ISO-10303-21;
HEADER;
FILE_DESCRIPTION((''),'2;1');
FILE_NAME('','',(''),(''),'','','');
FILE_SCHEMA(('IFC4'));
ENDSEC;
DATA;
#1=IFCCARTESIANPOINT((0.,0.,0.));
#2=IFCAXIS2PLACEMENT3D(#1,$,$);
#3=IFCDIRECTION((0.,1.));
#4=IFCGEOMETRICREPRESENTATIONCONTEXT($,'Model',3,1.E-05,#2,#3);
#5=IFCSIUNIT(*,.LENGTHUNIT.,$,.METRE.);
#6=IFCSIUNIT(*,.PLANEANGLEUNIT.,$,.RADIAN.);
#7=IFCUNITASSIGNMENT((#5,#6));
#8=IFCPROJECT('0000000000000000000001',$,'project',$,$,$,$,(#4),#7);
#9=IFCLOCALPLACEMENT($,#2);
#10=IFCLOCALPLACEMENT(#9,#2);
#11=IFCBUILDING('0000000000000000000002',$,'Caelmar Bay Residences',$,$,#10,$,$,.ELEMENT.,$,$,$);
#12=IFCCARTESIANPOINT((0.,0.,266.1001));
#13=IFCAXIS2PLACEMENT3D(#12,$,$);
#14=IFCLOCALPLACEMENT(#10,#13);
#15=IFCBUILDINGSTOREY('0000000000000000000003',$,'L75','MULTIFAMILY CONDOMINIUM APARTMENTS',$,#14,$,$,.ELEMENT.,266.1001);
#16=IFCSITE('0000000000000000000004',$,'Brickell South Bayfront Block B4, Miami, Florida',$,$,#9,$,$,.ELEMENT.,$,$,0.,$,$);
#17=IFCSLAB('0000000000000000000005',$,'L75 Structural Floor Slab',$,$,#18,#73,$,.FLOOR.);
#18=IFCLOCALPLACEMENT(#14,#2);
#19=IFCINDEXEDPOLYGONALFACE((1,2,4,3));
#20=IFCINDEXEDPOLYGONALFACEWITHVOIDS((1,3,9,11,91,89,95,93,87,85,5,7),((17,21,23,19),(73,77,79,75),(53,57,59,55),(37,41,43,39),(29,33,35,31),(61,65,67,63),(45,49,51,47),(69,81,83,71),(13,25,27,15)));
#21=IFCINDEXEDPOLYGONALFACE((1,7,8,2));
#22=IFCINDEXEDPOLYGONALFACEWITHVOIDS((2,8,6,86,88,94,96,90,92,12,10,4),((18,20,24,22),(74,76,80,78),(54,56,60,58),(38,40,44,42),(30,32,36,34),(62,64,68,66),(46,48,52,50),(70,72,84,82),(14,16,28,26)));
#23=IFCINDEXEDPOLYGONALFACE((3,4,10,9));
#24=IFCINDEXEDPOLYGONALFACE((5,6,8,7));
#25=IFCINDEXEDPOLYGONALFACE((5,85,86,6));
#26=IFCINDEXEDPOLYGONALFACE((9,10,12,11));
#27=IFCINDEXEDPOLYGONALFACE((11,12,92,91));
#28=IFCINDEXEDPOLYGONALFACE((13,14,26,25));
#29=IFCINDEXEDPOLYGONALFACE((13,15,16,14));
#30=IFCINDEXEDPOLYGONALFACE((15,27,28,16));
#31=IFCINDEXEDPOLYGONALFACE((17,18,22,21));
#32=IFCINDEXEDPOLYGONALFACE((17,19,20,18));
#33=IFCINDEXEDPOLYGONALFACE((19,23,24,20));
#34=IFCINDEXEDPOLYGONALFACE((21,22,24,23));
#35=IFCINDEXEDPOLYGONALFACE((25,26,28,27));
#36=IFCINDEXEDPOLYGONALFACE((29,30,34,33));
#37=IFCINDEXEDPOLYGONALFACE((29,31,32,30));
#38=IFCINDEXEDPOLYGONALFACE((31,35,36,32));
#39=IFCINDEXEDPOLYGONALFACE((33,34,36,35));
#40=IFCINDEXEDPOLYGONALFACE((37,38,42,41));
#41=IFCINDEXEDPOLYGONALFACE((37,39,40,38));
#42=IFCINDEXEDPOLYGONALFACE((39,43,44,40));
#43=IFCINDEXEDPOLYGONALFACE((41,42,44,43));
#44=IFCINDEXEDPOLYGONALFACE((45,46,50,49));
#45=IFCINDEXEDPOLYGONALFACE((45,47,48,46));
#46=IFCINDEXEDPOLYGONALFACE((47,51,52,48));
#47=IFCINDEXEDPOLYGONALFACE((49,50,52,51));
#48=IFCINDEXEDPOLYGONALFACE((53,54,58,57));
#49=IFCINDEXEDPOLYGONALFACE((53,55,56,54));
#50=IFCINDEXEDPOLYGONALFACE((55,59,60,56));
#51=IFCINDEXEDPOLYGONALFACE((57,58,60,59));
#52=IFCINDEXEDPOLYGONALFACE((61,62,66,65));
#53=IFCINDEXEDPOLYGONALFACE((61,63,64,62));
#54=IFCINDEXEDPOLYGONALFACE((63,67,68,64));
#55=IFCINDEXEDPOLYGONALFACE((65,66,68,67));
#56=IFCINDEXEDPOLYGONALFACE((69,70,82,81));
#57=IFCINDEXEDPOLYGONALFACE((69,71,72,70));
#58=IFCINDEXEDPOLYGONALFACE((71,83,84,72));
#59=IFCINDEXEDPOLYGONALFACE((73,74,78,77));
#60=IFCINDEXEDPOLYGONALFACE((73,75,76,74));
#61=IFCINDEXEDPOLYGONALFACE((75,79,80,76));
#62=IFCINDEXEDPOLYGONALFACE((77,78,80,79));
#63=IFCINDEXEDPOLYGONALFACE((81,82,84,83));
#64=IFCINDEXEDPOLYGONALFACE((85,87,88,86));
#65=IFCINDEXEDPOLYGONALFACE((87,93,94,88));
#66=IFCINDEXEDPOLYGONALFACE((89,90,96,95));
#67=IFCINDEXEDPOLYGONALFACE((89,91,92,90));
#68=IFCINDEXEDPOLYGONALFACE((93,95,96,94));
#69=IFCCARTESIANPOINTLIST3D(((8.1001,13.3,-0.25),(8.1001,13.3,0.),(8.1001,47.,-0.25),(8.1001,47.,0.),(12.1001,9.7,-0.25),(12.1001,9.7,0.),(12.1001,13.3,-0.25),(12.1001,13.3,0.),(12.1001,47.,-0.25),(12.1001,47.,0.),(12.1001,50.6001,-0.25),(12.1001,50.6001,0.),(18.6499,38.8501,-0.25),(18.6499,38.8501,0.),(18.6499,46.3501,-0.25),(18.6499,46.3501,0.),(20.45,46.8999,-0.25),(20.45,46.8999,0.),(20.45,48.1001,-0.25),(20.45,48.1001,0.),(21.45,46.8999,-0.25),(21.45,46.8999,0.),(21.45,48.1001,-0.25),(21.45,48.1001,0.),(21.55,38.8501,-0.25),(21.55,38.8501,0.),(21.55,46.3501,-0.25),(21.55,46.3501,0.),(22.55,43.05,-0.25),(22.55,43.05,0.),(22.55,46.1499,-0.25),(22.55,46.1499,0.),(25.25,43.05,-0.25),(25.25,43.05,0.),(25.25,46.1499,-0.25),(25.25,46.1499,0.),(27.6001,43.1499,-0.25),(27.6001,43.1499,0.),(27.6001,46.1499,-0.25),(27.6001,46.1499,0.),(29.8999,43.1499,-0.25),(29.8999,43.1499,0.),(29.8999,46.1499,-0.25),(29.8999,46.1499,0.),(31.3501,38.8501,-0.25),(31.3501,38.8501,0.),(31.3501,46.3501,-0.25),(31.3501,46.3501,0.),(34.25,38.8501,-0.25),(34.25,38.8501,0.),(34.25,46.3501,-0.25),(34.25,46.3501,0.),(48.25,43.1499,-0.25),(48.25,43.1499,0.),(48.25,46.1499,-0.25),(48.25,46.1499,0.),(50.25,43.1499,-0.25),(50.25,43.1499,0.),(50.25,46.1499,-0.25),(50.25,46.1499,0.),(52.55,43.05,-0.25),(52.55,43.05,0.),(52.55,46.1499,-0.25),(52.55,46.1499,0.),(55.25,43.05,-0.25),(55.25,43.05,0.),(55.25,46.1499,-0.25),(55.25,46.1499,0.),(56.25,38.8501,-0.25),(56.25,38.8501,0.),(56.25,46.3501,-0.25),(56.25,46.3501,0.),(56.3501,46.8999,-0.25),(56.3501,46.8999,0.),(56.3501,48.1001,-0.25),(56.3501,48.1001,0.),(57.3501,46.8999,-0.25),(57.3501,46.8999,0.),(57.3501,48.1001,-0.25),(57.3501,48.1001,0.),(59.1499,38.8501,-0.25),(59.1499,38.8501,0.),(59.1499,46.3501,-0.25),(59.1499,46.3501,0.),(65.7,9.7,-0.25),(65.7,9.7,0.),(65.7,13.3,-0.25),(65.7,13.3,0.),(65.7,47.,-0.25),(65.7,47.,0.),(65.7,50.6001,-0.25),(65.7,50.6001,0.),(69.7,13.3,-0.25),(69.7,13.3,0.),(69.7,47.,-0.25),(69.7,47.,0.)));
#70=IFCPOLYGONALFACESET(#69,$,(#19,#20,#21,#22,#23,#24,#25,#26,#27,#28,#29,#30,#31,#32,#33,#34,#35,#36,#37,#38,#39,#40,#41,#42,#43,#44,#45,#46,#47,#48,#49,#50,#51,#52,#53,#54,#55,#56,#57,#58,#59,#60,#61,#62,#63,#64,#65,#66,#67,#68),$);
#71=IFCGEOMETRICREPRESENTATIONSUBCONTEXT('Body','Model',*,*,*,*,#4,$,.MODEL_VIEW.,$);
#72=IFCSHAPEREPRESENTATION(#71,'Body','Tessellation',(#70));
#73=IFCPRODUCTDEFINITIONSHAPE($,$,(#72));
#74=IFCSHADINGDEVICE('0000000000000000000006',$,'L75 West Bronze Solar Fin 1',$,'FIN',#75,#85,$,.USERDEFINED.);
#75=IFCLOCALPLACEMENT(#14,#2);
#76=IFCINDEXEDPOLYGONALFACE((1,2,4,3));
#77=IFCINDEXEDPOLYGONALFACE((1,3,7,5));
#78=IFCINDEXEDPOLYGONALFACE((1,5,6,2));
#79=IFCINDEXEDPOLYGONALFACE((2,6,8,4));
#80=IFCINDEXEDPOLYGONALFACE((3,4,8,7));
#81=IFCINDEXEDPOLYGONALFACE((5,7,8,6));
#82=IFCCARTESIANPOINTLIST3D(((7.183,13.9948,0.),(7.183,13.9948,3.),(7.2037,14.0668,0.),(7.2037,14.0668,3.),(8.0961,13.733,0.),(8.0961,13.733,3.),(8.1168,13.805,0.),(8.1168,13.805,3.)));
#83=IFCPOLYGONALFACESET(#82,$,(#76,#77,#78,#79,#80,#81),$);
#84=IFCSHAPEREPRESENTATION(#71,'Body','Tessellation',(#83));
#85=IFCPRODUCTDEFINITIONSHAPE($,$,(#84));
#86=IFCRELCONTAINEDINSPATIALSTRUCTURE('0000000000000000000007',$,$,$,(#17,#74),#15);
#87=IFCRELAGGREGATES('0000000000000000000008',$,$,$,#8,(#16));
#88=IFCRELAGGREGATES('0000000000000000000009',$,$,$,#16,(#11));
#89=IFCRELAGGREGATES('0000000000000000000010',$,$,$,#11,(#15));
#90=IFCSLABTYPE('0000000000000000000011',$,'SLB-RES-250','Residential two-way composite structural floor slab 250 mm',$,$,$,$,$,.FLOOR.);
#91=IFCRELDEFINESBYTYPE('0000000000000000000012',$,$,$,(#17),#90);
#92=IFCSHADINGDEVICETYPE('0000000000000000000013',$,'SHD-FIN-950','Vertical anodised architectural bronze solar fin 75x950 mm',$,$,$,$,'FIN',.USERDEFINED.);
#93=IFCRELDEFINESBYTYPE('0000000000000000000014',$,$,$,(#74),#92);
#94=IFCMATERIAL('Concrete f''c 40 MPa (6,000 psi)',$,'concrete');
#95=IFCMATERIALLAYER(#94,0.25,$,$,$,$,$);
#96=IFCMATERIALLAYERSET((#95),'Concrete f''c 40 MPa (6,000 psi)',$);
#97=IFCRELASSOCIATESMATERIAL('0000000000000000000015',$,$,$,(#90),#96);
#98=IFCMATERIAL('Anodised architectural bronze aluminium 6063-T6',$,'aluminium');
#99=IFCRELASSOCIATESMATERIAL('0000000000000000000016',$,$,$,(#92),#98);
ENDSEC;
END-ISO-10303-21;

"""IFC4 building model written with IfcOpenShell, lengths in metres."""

from ifc_helpers import new_model, si_unit, direction, frame, origin, origin_2d, place, context, subcontext, project, spatial, polyline, rectangle, outline, extrude, material, layer, layer_set, material_profile, profile_set, type_object, element, save


model = new_model("IFC4")

# Units and contexts
model_context = context("Model", 3, precision=1e-05, world=origin(), true_north=direction((0.0, 1.0)))
body_context = subcontext(model_context, "Body", "Model", "MODEL_VIEW")
ifc_project = project(units=[si_unit("LENGTHUNIT", "METRE"), si_unit("PLANEANGLEUNIT", "RADIAN")], contexts=[model_context])

# Site, building, storey
site_placement = place(None, origin())
site = spatial("IfcSite", under=ifc_project, at=site_placement, Name="Brickell South Bayfront Block B4, Miami, Florida", CompositionType="ELEMENT", RefElevation=0.0)
building_placement = place(site_placement, origin())
building = spatial("IfcBuilding", under=site, at=building_placement, Name="Caelmar Bay Residences", CompositionType="ELEMENT")
storey_placement = place(building_placement, frame((0.0, 0.0, 266.1001)))
storey = spatial("IfcBuildingStorey", under=building, at=storey_placement, Name="L75", Description="MULTIFAMILY CONDOMINIUM APARTMENTS", CompositionType="ELEMENT", Elevation=266.1001)

# Shared definitions
ifc_material_1 = material(Name="Concrete f'c 40 MPa (6,000 psi)", Category="concrete")

# Slab
ifc_layer_1 = layer(ifc_material_1, 0.25)
ifc_layer_set_1 = layer_set([ifc_layer_1], Name="Concrete f'c 40 MPa (6,000 psi)")
slab_type_1 = type_object("IfcSlabType", Name="SLB-RES-250", Description="Residential two-way composite structural floor slab 250 mm", PredefinedType="FLOOR", material=ifc_layer_set_1)
slab_1_placement = place(storey_placement, frame((0.0, 0.0, -0.25)))
element("IfcSlab", 1, at=slab_1_placement, inside=storey, type_object=slab_type_1, Name="L75 Structural Floor Slab", PredefinedType="FLOOR", context=body_context, shape_type="SweptSolid", body=[
    extrude(outline(polyline([(12.1001, 9.7), (65.7, 9.7), (65.7, 13.3), (69.7, 13.3), (69.7, 47.0), (65.7, 47.0), (65.7, 50.6001), (12.1001, 50.6001), (12.1001, 47.0), (8.1001, 47.0), (8.1001, 13.3), (12.1001, 13.3), (12.1001, 9.7)]), holes=[polyline([(18.6499, 38.8501), (21.55, 38.8501), (21.55, 46.3501), (18.6499, 46.3501), (18.6499, 38.8501)]), polyline([(56.25, 38.8501), (59.1499, 38.8501), (59.1499, 46.3501), (56.25, 46.3501), (56.25, 38.8501)]), polyline([(31.3501, 38.8501), (34.25, 38.8501), (34.25, 46.3501), (31.3501, 46.3501), (31.3501, 38.8501)]), polyline([(22.55, 43.05), (25.25, 43.05), (25.25, 46.1499), (22.55, 46.1499), (22.55, 43.05)]), polyline([(52.55, 43.05), (55.25, 43.05), (55.25, 46.1499), (52.55, 46.1499), (52.55, 43.05)]), polyline([(48.25, 43.1499), (50.25, 43.1499), (50.25, 46.1499), (48.25, 46.1499), (48.25, 43.1499)]), polyline([(27.6001, 43.1499), (29.8999, 43.1499), (29.8999, 46.1499), (27.6001, 46.1499), (27.6001, 43.1499)]), polyline([(20.45, 46.8999), (21.45, 46.8999), (21.45, 48.1001), (20.45, 48.1001), (20.45, 46.8999)]), polyline([(56.3501, 46.8999), (57.3501, 46.8999), (57.3501, 48.1001), (56.3501, 48.1001), (56.3501, 46.8999)])]), origin(), (0.0, 0.0, 1.0), 0.25),
])

# Shading device
ifc_material_2 = material(Name="Anodised architectural bronze aluminium 6063-T6", Category="aluminium")
ifc_material_profile_1 = material_profile(ifc_material_2, rectangle(XDim=0.075, YDim=0.95, at=origin_2d()), Name="BRONZE-FIN-75X950")
ifc_profile_set_1 = profile_set([ifc_material_profile_1], Name="Anodised architectural bronze aluminium 6063-T6")
shading_device_type = type_object("IfcShadingDeviceType", Name="SHD-FIN-950", Description="Vertical anodised architectural bronze solar fin 75x950 mm", ElementType="FIN", PredefinedType="USERDEFINED", material=ifc_profile_set_1)
shading_device_placement = place(storey_placement, frame((7.6499, 13.8999, 0.0), z_axis=(0.0, 0.0, 1.0), x_axis=(0.275637, 0.961262, 0.0)))
element("IfcShadingDevice", 2, at=shading_device_placement, inside=storey, type_object=shading_device_type, Name="L75 West Bronze Solar Fin 1", ObjectType="FIN", PredefinedType="USERDEFINED", context=body_context, shape_type="SweptSolid", body=[
    extrude(rectangle(XDim=0.075, YDim=0.95, at=origin_2d()), origin(), (0.0, 0.0, 1.0), 3.0),
])

save(model, "model.ifc")
